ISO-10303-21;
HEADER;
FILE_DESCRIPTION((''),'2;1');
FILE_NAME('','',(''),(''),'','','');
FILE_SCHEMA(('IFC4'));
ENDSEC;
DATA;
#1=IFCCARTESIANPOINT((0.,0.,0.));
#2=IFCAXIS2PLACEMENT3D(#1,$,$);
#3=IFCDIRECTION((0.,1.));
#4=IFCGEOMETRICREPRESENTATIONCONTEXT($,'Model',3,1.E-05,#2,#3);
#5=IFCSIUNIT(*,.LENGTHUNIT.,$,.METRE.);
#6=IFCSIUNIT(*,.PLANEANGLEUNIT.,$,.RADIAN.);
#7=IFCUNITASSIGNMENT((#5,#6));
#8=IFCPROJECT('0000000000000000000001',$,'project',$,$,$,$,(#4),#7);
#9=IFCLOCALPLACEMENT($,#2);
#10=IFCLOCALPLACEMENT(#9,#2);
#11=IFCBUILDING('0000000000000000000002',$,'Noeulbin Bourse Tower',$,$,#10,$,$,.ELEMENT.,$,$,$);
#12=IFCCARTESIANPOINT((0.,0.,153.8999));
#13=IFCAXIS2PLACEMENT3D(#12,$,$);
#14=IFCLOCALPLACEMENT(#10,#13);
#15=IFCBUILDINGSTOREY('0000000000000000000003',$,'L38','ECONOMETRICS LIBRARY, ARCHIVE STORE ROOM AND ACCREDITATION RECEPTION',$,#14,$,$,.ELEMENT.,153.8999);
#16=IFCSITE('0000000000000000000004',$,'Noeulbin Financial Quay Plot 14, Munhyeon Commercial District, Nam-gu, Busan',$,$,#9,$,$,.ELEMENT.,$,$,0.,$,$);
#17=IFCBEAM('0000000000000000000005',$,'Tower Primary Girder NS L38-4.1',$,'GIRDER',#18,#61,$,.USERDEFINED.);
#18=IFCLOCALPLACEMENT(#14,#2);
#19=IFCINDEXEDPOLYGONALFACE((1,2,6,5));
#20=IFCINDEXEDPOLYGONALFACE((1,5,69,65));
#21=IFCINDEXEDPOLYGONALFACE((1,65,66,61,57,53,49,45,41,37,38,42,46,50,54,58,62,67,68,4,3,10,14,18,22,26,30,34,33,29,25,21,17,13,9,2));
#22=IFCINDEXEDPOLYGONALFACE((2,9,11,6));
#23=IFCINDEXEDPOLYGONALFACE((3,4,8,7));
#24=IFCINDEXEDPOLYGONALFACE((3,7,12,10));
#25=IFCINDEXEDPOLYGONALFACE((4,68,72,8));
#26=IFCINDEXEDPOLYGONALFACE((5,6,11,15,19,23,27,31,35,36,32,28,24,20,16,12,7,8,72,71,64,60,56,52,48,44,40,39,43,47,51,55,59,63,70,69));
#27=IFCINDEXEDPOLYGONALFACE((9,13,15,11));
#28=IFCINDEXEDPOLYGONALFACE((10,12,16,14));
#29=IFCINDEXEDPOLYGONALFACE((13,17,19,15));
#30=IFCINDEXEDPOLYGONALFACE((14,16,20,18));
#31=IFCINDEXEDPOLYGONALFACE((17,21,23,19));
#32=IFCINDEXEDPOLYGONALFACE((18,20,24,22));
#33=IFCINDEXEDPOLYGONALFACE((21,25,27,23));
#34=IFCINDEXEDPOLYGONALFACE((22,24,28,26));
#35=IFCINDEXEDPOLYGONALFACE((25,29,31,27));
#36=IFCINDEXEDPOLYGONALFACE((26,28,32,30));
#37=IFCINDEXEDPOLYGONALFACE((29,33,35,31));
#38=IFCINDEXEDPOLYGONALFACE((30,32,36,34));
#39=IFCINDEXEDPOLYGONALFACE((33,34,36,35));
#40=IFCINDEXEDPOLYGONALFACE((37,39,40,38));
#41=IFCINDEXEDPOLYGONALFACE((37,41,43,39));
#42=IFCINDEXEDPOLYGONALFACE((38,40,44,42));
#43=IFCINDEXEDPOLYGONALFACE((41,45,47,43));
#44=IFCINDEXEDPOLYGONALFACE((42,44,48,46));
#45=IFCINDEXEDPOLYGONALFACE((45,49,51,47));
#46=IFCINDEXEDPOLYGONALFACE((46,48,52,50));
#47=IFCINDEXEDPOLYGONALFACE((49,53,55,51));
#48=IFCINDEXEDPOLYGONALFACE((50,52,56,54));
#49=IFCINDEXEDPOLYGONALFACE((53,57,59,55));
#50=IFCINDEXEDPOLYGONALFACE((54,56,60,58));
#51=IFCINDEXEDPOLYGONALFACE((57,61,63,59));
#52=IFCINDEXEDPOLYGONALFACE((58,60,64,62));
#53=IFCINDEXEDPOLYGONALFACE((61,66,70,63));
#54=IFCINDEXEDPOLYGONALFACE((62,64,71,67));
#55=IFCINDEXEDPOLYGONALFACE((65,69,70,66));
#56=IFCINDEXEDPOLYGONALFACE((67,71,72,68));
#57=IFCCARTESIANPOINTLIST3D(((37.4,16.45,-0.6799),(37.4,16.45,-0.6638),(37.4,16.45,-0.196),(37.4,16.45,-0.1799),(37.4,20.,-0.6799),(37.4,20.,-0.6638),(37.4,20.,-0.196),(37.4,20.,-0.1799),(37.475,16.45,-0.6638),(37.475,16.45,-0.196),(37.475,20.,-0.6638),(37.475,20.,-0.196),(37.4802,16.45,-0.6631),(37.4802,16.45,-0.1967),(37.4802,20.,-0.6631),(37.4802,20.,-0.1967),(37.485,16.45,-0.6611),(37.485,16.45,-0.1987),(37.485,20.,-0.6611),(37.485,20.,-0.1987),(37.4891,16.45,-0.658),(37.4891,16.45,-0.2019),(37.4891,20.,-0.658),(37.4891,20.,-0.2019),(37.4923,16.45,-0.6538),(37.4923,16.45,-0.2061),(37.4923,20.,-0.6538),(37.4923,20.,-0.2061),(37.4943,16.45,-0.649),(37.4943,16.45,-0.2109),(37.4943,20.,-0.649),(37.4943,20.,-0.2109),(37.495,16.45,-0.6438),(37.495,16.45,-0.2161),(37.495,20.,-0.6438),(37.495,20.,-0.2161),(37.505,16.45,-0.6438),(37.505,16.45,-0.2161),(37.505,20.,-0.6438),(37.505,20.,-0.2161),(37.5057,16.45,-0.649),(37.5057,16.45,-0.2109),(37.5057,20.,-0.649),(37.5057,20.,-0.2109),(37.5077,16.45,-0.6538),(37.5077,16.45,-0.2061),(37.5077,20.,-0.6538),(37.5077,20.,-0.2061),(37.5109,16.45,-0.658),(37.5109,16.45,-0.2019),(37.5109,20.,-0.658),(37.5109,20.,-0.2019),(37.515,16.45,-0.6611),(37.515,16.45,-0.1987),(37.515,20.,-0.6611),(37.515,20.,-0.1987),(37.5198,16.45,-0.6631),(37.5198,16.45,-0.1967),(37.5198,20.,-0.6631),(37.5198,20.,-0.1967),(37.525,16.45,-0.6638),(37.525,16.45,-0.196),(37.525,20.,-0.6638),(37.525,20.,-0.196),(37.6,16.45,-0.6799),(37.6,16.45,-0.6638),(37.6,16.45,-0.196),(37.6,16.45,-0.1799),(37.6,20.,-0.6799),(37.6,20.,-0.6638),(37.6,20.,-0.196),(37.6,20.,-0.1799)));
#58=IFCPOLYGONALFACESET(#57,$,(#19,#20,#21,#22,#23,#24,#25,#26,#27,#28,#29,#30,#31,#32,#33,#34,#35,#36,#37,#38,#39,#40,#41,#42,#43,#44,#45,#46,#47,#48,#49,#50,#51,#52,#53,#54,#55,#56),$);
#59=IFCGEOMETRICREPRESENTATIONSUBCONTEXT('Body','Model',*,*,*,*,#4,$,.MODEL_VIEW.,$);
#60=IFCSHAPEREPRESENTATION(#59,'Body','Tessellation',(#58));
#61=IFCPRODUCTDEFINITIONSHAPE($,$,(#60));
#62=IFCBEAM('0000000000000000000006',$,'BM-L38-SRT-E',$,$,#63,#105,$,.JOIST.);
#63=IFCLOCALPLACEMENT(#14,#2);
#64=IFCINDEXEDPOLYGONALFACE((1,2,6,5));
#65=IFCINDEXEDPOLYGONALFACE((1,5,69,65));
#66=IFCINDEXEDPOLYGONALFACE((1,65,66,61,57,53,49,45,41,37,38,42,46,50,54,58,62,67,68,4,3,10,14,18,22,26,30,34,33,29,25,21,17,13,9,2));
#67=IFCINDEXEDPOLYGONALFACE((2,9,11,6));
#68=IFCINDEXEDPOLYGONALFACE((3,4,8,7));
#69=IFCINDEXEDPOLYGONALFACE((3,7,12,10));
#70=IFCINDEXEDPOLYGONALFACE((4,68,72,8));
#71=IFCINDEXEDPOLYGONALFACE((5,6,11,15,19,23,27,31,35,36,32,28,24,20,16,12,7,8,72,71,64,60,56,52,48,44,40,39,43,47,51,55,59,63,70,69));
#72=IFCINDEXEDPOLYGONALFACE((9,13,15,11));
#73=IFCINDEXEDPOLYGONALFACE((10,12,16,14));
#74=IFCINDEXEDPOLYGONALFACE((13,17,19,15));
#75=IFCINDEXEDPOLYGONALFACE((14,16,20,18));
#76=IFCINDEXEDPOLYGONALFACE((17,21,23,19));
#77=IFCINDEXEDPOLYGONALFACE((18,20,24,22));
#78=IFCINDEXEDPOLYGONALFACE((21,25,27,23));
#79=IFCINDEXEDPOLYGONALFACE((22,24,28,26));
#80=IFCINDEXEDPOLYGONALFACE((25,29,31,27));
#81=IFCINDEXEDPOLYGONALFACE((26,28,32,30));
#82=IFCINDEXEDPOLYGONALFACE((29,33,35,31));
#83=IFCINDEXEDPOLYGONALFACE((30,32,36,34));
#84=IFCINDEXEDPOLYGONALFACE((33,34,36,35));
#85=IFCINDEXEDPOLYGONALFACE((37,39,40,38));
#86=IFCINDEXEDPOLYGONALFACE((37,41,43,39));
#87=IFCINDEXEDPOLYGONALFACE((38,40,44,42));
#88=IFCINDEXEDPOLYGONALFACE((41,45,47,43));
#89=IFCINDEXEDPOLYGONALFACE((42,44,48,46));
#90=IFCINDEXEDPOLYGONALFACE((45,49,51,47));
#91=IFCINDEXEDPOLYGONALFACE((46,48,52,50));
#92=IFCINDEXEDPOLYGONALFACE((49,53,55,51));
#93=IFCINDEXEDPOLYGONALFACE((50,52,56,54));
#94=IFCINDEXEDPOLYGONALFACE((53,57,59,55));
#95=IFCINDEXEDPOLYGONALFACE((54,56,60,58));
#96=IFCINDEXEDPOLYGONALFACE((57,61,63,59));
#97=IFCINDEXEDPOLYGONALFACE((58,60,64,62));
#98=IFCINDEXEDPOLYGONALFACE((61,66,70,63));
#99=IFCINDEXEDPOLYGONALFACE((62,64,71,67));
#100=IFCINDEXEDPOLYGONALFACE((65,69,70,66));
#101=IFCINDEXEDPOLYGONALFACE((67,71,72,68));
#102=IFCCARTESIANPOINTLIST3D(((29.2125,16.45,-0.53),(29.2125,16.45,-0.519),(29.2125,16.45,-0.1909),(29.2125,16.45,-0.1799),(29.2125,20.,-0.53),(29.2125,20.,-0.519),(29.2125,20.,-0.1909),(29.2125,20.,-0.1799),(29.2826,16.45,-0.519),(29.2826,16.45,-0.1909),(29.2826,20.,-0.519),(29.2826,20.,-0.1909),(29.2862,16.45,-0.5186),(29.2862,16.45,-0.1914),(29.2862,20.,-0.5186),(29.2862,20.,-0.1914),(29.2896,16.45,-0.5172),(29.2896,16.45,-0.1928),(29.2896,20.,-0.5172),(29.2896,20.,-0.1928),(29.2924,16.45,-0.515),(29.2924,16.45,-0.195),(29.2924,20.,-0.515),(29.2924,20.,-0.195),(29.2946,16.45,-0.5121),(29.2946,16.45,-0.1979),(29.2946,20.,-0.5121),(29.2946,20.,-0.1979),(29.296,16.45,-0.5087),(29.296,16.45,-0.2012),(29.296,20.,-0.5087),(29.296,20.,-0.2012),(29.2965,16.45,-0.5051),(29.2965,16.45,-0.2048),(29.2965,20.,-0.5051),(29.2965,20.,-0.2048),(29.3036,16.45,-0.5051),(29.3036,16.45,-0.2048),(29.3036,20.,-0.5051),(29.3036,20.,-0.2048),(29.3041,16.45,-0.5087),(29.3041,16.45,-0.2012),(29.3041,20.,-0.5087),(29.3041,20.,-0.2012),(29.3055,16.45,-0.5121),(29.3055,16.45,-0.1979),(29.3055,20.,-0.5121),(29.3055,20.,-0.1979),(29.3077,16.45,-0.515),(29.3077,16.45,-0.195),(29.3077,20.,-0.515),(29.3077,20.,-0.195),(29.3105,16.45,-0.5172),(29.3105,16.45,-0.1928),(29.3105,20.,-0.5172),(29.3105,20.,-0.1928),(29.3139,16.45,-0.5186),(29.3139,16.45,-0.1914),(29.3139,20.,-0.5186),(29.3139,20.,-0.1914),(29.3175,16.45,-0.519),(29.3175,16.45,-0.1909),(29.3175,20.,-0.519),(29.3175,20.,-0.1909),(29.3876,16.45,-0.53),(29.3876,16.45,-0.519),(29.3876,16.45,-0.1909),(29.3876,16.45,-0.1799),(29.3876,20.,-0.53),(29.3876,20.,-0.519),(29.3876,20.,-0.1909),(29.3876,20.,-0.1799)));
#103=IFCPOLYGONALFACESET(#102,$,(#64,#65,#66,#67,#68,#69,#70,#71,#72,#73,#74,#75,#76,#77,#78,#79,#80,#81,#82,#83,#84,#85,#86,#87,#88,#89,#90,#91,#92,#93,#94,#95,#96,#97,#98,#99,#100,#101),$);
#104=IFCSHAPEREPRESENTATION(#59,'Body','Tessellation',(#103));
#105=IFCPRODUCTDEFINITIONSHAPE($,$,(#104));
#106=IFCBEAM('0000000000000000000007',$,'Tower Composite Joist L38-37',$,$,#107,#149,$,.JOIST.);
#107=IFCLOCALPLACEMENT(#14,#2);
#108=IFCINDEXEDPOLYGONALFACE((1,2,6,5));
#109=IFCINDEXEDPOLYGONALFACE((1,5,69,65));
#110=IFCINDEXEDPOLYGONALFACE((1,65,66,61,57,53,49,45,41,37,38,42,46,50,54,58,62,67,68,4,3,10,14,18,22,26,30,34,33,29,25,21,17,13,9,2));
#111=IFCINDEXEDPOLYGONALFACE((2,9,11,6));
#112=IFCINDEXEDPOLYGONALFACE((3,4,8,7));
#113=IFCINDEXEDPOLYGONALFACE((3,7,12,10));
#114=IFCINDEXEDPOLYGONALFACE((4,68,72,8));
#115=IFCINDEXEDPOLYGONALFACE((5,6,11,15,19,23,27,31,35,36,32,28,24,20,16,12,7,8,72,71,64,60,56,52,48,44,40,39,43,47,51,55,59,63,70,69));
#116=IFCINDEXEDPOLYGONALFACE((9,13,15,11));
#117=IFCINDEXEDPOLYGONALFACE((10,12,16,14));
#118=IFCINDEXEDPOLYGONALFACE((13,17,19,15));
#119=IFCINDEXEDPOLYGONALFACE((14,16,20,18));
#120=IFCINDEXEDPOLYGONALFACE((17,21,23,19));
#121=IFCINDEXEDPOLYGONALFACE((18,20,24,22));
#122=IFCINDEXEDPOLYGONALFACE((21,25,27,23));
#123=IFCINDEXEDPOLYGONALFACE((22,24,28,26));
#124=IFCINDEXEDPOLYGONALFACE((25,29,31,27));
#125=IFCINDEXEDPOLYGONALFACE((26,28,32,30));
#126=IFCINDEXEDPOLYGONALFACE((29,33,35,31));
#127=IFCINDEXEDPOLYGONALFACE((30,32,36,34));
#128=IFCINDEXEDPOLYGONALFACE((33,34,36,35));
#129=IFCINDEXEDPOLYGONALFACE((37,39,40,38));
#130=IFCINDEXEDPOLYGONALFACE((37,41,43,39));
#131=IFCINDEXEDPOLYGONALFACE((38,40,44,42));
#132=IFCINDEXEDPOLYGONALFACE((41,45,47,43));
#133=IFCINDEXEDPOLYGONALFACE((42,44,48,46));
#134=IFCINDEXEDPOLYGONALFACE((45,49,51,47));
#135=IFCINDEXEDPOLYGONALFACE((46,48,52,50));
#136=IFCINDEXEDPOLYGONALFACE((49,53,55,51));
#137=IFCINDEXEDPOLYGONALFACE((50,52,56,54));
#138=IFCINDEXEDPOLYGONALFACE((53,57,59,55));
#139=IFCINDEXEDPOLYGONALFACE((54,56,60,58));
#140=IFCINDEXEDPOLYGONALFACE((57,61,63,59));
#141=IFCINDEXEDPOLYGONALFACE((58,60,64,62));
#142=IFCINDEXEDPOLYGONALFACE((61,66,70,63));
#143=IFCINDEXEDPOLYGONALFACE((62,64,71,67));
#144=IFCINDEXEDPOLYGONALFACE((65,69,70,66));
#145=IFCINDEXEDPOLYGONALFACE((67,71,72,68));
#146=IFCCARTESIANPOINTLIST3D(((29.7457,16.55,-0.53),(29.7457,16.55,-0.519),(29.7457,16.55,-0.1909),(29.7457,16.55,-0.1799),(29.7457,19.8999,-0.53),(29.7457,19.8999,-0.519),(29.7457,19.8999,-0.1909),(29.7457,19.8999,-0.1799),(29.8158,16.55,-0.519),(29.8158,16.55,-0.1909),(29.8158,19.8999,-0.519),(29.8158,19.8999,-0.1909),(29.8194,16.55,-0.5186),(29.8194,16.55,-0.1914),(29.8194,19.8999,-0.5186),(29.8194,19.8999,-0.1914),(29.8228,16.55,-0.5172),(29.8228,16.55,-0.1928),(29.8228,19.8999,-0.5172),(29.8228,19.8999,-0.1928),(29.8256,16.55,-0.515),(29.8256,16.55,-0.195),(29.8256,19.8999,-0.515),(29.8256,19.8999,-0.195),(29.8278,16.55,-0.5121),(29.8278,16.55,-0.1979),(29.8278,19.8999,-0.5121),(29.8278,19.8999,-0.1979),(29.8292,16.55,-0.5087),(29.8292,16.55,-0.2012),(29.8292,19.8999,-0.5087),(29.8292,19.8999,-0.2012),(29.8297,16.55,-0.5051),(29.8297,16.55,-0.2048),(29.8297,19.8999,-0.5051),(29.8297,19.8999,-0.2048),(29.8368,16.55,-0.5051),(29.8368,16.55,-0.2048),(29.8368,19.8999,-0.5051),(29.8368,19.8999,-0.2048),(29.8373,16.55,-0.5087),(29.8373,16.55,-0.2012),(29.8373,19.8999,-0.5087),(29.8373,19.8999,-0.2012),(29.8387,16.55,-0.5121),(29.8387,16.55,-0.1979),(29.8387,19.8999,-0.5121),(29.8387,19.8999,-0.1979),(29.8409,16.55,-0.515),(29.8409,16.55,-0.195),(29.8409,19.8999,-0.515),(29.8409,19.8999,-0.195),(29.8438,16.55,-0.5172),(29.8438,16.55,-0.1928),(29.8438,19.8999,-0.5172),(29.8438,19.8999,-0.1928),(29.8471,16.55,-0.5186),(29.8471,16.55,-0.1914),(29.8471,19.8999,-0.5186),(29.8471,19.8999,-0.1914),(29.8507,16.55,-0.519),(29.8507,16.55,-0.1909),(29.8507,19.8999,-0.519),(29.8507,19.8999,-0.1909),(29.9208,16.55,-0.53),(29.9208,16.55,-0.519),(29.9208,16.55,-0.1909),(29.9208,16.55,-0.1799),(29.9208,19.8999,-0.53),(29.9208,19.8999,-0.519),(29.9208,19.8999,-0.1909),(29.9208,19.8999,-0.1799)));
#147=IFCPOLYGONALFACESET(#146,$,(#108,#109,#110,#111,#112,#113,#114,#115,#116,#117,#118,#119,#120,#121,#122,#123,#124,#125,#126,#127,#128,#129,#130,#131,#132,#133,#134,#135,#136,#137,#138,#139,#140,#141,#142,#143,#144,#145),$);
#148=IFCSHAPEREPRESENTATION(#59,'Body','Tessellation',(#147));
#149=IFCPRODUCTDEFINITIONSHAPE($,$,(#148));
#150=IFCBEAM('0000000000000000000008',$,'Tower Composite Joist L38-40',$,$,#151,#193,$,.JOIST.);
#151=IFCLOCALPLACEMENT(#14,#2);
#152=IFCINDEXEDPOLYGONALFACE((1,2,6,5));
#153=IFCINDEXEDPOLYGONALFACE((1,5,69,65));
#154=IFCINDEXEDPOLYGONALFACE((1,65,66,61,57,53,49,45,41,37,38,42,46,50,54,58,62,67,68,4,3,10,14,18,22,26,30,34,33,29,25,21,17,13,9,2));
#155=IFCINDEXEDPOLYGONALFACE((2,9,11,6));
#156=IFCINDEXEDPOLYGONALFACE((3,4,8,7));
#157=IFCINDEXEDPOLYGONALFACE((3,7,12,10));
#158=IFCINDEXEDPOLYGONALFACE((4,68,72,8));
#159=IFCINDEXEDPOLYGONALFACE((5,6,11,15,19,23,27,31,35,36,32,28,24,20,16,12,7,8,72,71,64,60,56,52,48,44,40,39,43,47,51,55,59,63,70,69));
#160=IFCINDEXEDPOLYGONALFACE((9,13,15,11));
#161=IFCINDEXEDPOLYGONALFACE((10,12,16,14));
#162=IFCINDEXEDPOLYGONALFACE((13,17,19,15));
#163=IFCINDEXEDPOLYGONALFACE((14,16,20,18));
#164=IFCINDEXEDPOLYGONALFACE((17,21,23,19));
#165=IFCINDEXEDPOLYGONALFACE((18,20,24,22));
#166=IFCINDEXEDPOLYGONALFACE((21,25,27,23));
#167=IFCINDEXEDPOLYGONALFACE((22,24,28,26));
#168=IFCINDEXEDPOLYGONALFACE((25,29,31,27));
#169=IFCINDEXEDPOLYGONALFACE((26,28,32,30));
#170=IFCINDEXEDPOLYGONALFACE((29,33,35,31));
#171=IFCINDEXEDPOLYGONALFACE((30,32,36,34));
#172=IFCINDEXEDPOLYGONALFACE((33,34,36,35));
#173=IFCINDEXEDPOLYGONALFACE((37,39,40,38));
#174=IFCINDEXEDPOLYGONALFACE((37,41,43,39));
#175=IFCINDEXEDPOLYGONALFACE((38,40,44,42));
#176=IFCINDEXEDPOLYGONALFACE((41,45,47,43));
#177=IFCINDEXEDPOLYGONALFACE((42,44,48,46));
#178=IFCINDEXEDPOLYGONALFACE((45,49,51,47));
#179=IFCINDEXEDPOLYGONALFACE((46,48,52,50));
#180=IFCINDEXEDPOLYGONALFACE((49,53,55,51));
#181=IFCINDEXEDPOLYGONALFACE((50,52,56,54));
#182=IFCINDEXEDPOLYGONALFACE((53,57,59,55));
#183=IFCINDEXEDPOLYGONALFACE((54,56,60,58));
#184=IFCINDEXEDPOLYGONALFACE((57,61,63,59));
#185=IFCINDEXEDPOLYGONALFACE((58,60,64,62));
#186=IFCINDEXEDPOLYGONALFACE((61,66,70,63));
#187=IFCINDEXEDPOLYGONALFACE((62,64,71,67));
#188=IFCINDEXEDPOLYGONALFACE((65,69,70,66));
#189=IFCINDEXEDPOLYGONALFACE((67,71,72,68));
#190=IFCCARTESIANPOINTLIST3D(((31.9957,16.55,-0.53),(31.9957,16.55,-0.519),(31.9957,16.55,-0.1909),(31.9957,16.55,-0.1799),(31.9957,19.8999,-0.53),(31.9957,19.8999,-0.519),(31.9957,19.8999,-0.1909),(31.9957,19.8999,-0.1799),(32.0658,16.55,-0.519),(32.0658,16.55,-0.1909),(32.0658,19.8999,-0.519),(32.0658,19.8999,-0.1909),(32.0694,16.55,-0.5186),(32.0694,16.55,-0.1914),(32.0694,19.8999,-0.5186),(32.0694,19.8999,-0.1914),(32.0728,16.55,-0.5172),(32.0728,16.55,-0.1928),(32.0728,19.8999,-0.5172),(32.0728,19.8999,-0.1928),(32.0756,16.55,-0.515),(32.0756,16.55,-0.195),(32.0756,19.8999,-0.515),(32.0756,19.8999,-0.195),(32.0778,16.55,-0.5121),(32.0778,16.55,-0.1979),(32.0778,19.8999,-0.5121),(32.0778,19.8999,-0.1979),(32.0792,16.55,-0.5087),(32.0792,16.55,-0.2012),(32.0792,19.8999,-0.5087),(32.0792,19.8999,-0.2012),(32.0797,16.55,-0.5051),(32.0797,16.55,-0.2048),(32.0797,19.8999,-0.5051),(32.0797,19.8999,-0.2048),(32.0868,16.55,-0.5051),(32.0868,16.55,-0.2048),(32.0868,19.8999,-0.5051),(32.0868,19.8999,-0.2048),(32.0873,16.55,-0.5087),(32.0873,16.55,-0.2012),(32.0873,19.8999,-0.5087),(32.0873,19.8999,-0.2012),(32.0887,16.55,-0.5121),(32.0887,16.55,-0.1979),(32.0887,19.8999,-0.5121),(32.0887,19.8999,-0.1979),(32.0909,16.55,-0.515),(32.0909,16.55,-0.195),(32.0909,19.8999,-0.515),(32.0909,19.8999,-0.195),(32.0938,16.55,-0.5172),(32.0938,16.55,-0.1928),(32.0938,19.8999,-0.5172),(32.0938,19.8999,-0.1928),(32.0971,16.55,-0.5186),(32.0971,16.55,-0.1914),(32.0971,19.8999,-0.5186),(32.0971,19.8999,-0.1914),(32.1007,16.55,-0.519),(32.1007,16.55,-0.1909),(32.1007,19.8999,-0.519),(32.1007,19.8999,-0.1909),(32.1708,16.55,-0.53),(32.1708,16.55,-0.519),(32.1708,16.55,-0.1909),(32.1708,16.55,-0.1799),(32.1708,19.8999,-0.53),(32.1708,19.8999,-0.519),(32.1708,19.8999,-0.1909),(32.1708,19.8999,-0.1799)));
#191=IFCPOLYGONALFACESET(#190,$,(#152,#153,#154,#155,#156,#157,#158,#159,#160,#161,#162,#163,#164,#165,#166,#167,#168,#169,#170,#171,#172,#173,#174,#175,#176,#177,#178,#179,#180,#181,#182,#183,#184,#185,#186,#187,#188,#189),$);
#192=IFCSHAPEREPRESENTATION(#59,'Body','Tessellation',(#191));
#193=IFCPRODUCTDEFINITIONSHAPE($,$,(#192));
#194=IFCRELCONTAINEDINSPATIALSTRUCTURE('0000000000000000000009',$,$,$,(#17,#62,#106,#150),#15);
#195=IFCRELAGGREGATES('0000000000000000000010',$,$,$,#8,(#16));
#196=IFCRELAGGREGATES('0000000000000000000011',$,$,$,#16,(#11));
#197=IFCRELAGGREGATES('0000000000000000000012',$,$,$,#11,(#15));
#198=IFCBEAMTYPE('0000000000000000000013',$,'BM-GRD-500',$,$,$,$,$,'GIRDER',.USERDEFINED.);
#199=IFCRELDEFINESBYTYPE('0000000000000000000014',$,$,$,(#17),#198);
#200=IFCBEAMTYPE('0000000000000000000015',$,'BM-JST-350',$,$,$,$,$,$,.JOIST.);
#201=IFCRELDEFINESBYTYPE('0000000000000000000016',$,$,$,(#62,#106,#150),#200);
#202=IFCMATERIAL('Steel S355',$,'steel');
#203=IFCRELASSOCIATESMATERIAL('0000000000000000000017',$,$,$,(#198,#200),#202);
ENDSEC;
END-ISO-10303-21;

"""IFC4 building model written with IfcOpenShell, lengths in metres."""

from ifc_helpers import new_model, si_unit, direction, frame, origin, origin_2d, place, context, subcontext, project, spatial, i_section, extrude, material, material_profile, profile_set, type_object, element, save


model = new_model("IFC4")

# Units and contexts
model_context = context("Model", 3, precision=1e-05, world=origin(), true_north=direction((0.0, 1.0)))
body_context = subcontext(model_context, "Body", "Model", "MODEL_VIEW")
ifc_project = project(units=[si_unit("LENGTHUNIT", "METRE"), si_unit("PLANEANGLEUNIT", "RADIAN")], contexts=[model_context])

# Site, building, storey
site_placement = place(None, origin())
site = spatial("IfcSite", under=ifc_project, at=site_placement, Name="Noeulbin Financial Quay Plot 14, Munhyeon Commercial District, Nam-gu, Busan", CompositionType="ELEMENT", RefElevation=0.0)
building_placement = place(site_placement, origin())
building = spatial("IfcBuilding", under=site, at=building_placement, Name="Noeulbin Bourse Tower", CompositionType="ELEMENT")
storey_placement = place(building_placement, frame((0.0, 0.0, 153.8999)))
storey = spatial("IfcBuildingStorey", under=building, at=storey_placement, Name="L38", Description="ECONOMETRICS LIBRARY, ARCHIVE STORE ROOM AND ACCREDITATION RECEPTION", CompositionType="ELEMENT", Elevation=153.8999)

# Shared definitions
ifc_material_1 = material(Name="Steel S355", Category="steel")

# Beams
ifc_material_profile_1 = material_profile(ifc_material_1, i_section(OverallWidth=0.2, OverallDepth=0.5, WebThickness=0.01, FlangeThickness=0.0161, FilletRadius=0.02, at=origin_2d()), Name="H-500x200x10x16", Category="LoadBearing")
ifc_profile_set_1 = profile_set([ifc_material_profile_1], Name="Steel S355")
beam_type_1 = type_object("IfcBeamType", Name="BM-GRD-500", ElementType="GIRDER", PredefinedType="USERDEFINED", material=ifc_profile_set_1)
for number, where, z_axis, x_axis, name in (
    (1, (37.5, 16.45, -0.4299), (0.0, 1.0, 0.0), (-1.0, 0.0, 0.0), "Tower Primary Girder NS L38-4.1"),
):
    element("IfcBeam", number, at=place(storey_placement, frame(where, z_axis=z_axis, x_axis=x_axis)), inside=storey, type_object=beam_type_1, Name=name, ObjectType="GIRDER", PredefinedType="USERDEFINED", context=body_context, shape_type="SweptSolid", body=[
        extrude(i_section(OverallWidth=0.2, OverallDepth=0.5, WebThickness=0.01, FlangeThickness=0.0161, FilletRadius=0.02, at=origin_2d()), origin(), (0.0, 0.0, 1.0), 3.55),
    ])
ifc_material_profile_2 = material_profile(ifc_material_1, i_section(OverallWidth=0.175, OverallDepth=0.3501, WebThickness=0.0071, FlangeThickness=0.011, FilletRadius=0.0139, at=origin_2d()), Name="H-350x175x7x11", Category="LoadBearing")
ifc_profile_set_2 = profile_set([ifc_material_profile_2], Name="Steel S355")
beam_type_2 = type_object("IfcBeamType", Name="BM-JST-350", PredefinedType="JOIST", material=ifc_profile_set_2)
beam_1_placement = place(storey_placement, frame((29.3, 16.45, -0.355), z_axis=(0.0, 1.0, 0.0), x_axis=(-1.0, 0.0, 0.0)))
element("IfcBeam", 2, at=beam_1_placement, inside=storey, type_object=beam_type_2, Name="BM-L38-SRT-E", PredefinedType="JOIST", context=body_context, shape_type="SweptSolid", body=[
    extrude(i_section(OverallWidth=0.175, OverallDepth=0.3501, WebThickness=0.0071, FlangeThickness=0.011, FilletRadius=0.0139, at=origin_2d()), origin(), (0.0, 0.0, 1.0), 3.55),
])
for number, where, z_axis, x_axis, name in (
    (3, (29.8333, 16.55, -0.355), (0.0, 1.0, 0.0), (-1.0, 0.0, 0.0), "Tower Composite Joist L38-37"),
    (4, (32.0833, 16.55, -0.355), (0.0, 1.0, 0.0), (-1.0, 0.0, 0.0), "Tower Composite Joist L38-40"),
):
    element("IfcBeam", number, at=place(storey_placement, frame(where, z_axis=z_axis, x_axis=x_axis)), inside=storey, type_object=beam_type_2, Name=name, PredefinedType="JOIST", context=body_context, shape_type="SweptSolid", body=[
        extrude(i_section(OverallWidth=0.175, OverallDepth=0.3501, WebThickness=0.0071, FlangeThickness=0.011, FilletRadius=0.0139, at=origin_2d()), origin(), (0.0, 0.0, 1.0), 3.3499),
    ])

save(model, "model.ifc")
